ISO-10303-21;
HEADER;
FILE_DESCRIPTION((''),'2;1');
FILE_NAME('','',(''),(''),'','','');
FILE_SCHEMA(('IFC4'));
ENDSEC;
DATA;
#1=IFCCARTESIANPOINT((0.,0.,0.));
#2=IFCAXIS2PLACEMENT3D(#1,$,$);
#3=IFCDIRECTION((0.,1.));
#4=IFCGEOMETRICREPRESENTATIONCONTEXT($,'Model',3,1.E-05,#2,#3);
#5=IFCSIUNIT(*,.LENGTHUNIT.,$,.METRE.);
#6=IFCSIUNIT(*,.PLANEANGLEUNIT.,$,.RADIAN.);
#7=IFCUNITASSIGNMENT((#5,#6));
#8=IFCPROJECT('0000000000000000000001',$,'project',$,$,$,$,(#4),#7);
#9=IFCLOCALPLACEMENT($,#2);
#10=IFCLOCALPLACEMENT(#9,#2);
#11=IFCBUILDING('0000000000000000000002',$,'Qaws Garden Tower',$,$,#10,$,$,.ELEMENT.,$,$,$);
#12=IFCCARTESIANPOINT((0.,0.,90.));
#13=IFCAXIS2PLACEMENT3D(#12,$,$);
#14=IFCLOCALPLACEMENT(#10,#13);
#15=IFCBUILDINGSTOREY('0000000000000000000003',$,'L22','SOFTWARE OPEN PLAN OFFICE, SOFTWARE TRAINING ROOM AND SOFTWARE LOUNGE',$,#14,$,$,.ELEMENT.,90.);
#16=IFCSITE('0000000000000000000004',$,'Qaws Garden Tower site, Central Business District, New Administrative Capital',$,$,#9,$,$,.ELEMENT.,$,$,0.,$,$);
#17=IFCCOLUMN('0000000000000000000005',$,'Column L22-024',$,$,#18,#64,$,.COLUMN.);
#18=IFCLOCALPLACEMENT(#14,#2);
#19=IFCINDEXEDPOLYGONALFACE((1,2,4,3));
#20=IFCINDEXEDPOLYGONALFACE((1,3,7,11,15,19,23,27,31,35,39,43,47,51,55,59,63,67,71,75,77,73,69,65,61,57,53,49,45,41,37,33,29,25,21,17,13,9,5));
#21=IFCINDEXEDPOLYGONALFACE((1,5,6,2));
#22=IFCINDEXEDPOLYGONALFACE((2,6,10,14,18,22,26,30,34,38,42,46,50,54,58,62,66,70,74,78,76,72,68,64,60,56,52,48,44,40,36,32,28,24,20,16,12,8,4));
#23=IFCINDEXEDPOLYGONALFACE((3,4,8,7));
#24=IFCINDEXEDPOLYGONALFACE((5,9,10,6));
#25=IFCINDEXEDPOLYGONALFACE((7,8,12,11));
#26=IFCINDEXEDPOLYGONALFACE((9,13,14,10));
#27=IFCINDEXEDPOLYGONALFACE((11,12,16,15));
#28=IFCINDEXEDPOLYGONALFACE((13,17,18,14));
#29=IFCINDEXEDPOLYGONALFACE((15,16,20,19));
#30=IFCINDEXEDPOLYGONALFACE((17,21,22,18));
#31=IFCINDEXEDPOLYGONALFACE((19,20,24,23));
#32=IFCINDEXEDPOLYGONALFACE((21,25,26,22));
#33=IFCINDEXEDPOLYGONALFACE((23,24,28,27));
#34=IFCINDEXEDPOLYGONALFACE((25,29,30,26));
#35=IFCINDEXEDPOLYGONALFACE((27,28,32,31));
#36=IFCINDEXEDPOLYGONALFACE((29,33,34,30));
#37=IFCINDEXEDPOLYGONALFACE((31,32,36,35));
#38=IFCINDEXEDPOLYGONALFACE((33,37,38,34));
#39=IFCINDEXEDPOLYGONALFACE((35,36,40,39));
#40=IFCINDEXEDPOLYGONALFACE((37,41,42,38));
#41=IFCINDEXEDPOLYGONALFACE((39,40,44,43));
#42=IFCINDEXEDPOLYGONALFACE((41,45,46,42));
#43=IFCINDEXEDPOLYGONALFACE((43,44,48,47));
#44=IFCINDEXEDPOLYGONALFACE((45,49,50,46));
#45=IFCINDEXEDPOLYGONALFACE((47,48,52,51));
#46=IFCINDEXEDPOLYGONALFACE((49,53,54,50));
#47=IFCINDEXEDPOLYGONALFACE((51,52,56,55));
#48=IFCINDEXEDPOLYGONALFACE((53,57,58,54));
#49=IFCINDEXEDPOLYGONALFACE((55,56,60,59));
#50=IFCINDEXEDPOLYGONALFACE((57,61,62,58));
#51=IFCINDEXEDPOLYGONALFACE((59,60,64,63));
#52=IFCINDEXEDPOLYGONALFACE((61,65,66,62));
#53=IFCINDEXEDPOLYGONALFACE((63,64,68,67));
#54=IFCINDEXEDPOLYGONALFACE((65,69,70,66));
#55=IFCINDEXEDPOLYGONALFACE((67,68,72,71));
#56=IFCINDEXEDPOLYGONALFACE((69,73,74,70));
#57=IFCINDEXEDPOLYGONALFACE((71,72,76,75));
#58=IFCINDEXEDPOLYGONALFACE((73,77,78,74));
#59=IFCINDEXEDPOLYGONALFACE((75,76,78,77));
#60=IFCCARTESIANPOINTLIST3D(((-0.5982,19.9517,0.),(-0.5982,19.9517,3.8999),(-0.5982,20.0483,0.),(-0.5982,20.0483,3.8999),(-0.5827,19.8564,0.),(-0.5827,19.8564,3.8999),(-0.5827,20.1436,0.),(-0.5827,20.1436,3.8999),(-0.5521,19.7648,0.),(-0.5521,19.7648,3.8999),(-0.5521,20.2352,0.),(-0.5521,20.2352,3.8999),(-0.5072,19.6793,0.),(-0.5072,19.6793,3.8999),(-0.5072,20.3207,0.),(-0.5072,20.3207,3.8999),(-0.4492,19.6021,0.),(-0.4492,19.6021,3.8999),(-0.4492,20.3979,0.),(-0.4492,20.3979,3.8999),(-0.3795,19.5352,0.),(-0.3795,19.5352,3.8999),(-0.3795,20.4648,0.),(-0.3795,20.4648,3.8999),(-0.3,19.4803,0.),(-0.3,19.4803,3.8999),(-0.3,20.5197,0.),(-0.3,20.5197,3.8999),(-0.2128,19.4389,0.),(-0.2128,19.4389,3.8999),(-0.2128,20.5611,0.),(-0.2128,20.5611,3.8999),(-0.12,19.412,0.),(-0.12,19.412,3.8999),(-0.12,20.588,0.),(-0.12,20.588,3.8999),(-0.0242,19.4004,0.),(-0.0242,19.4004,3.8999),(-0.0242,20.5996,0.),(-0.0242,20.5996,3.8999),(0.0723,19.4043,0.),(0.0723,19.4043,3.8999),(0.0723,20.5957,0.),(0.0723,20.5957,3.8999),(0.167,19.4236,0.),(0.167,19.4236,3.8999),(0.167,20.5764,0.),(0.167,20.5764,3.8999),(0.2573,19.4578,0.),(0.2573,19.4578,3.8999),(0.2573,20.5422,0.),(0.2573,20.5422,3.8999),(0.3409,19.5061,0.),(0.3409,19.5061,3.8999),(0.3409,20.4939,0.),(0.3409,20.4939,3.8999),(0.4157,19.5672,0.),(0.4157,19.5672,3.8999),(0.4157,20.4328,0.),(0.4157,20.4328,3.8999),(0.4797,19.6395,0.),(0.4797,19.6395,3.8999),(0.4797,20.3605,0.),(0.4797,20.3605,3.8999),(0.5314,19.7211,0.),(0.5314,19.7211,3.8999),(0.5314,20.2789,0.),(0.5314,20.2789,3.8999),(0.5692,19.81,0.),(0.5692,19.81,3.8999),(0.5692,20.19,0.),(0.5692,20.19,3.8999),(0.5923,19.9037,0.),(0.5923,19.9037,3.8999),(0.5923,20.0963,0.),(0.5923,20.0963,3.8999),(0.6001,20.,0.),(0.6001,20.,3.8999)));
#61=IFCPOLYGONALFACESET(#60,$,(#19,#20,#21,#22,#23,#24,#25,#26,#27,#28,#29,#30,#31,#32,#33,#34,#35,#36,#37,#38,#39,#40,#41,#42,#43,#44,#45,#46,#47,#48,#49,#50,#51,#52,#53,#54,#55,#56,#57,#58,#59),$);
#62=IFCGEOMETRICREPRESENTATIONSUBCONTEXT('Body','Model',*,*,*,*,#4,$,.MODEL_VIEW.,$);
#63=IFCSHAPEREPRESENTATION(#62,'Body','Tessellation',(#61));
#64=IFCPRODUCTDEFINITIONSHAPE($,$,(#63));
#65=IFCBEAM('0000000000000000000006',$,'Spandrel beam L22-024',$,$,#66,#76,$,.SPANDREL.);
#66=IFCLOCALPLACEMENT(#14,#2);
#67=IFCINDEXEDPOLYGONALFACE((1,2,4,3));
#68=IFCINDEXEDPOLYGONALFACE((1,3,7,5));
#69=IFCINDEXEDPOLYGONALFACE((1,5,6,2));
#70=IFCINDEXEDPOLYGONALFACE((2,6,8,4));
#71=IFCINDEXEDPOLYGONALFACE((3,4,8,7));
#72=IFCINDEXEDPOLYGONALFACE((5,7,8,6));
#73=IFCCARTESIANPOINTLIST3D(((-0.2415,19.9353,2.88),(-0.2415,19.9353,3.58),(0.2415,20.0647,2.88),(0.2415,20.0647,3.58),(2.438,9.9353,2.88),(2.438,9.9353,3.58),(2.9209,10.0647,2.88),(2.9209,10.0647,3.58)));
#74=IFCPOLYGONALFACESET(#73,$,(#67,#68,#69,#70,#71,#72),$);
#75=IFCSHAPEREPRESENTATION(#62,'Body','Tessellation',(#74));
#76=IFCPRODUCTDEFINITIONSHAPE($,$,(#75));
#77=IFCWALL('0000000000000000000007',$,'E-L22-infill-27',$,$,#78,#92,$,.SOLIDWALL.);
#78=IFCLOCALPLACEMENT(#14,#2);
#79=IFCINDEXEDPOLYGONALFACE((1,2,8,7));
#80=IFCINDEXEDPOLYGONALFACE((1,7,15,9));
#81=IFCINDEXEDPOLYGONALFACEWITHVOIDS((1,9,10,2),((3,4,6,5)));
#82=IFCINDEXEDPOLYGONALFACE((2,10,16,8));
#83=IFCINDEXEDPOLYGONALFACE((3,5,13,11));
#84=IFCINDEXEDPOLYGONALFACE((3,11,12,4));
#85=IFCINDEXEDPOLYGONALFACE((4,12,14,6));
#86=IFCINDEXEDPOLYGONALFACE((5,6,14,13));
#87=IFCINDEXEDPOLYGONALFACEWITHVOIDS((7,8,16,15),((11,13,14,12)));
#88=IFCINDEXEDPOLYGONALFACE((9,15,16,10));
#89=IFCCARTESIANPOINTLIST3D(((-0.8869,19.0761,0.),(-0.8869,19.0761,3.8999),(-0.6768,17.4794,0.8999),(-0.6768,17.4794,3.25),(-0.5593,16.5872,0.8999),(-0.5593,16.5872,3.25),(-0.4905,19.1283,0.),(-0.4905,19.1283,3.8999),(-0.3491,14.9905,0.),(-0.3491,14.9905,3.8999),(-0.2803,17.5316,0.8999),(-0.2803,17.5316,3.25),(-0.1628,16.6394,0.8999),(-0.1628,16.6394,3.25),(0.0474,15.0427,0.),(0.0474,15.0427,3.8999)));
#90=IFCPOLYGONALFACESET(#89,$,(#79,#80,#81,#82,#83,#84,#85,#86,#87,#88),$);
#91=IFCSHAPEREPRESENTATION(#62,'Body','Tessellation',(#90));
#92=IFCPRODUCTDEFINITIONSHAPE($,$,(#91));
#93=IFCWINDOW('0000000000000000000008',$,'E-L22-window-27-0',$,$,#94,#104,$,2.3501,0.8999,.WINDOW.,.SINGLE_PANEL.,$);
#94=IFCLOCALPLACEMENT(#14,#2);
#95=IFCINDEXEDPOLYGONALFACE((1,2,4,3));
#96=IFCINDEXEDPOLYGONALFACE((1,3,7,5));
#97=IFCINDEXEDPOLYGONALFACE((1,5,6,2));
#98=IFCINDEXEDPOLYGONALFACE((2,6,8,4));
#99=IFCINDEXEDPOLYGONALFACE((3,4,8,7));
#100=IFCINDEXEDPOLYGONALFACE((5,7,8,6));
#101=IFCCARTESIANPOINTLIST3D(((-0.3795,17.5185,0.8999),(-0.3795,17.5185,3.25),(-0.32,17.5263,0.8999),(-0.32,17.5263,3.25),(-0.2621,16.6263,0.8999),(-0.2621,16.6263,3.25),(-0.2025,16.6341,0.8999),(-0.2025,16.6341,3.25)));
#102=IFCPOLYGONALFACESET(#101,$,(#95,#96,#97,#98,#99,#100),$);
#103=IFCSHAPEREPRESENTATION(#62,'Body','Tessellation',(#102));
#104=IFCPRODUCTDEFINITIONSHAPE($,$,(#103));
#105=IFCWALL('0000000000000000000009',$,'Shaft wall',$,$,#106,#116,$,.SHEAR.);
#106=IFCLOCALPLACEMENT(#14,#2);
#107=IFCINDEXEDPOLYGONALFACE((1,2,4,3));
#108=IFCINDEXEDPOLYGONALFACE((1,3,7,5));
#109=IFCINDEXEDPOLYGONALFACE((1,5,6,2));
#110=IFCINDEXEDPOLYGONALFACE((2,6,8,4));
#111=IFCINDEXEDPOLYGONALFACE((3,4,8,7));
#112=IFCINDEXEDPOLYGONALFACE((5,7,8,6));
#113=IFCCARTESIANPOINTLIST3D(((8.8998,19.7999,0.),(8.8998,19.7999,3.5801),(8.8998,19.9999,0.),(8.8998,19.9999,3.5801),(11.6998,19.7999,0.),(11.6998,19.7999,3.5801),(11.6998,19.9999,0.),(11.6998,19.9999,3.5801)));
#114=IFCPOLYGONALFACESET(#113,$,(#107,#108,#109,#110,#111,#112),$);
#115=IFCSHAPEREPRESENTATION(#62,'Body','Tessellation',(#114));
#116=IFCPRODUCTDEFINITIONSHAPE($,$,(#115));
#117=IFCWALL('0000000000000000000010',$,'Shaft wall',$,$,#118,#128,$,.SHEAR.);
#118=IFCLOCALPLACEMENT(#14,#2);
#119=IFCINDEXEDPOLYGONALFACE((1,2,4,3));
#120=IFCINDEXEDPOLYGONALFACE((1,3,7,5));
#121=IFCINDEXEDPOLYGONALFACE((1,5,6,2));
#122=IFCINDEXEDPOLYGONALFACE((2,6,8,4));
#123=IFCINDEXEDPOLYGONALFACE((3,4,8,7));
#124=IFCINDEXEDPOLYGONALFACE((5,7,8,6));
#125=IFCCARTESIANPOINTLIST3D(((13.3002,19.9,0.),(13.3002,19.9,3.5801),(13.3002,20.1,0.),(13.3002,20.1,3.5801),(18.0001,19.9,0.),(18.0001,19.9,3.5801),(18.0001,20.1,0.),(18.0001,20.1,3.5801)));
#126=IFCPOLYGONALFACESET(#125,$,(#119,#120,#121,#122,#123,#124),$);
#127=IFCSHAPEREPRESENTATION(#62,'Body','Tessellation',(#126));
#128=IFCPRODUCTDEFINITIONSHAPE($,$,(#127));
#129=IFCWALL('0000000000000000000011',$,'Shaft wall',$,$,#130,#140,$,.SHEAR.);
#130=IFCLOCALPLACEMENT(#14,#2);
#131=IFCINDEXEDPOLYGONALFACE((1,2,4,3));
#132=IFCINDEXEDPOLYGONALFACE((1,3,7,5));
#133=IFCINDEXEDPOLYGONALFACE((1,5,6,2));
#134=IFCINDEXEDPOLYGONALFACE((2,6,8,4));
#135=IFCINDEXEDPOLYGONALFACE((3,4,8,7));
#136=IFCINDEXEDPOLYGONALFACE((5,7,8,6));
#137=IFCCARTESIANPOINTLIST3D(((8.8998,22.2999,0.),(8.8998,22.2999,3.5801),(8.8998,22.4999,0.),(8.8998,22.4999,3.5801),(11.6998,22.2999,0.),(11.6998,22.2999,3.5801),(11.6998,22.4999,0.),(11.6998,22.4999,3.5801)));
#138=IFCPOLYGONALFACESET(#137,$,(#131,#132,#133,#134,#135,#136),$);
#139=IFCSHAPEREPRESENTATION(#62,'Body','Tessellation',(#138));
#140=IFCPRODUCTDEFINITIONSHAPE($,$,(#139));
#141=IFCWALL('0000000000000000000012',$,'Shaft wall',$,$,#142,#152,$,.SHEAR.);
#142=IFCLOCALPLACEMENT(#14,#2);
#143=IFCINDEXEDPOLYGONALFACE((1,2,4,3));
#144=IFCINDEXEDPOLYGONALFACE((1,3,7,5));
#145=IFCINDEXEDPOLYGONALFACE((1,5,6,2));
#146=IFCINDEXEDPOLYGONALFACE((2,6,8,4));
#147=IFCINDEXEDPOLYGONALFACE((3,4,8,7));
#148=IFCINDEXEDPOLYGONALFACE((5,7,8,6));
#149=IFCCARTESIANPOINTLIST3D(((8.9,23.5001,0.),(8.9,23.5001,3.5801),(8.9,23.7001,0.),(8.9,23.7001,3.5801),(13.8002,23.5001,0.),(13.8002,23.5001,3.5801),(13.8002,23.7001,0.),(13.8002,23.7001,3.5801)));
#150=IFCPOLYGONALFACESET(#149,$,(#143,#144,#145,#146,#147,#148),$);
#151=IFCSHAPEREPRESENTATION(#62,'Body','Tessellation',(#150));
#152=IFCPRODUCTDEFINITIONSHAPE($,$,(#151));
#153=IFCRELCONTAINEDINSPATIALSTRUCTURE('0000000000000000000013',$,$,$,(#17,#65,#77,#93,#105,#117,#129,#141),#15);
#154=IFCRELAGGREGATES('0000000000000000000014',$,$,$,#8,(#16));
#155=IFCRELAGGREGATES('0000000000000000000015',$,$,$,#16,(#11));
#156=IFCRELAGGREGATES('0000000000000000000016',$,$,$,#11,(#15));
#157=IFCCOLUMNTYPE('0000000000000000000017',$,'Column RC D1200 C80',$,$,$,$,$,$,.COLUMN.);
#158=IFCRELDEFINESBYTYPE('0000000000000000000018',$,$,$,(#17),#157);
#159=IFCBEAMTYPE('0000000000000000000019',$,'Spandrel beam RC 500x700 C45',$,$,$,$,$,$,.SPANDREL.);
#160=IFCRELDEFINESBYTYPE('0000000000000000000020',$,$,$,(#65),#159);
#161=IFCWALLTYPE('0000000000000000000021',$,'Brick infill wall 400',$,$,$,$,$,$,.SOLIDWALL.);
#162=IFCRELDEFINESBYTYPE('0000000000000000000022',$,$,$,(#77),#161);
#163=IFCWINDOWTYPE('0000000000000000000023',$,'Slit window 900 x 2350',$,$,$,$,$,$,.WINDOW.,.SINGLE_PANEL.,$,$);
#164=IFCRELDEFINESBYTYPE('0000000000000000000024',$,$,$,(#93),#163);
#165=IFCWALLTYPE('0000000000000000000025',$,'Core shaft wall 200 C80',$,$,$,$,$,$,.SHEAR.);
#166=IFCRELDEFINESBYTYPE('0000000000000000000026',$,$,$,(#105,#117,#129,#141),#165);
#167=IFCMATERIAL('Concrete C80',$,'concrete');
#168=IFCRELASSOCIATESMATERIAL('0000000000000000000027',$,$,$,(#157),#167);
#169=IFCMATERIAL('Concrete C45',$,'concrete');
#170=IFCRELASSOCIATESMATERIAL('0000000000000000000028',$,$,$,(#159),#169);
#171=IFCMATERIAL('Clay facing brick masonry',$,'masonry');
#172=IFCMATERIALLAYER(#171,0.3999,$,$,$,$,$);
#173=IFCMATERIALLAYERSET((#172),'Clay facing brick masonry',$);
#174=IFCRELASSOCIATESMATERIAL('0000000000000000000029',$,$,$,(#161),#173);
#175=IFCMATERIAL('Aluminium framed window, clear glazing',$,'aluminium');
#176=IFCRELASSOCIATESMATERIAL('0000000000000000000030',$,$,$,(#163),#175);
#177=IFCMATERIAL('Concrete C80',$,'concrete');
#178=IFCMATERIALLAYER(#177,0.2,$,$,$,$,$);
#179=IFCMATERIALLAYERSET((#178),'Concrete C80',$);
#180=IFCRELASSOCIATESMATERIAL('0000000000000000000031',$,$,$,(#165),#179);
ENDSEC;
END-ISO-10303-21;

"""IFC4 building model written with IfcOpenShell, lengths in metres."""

from ifc_helpers import new_model, si_unit, direction, frame, frame_2d, origin, origin_2d, place, context, subcontext, project, spatial, rectangle, circle, extrude, material, layer, layer_set, material_profile, profile_set, type_object, element, fill, save


model = new_model("IFC4")

# Units and contexts
model_context = context("Model", 3, precision=1e-05, world=origin(), true_north=direction((0.0, 1.0)))
body_context = subcontext(model_context, "Body", "Model", "MODEL_VIEW")
ifc_project = project(units=[si_unit("LENGTHUNIT", "METRE"), si_unit("PLANEANGLEUNIT", "RADIAN")], contexts=[model_context])

# Site, building, storey
site_placement = place(None, origin())
site = spatial("IfcSite", under=ifc_project, at=site_placement, Name="Qaws Garden Tower site, Central Business District, New Administrative Capital", CompositionType="ELEMENT", RefElevation=0.0)
building_placement = place(site_placement, origin())
building = spatial("IfcBuilding", under=site, at=building_placement, Name="Qaws Garden Tower", CompositionType="ELEMENT")
storey_placement = place(building_placement, frame((0.0, 0.0, 90.0)))
storey = spatial("IfcBuildingStorey", under=building, at=storey_placement, Name="L22", Description="SOFTWARE OPEN PLAN OFFICE, SOFTWARE TRAINING ROOM AND SOFTWARE LOUNGE", CompositionType="ELEMENT", Elevation=90.0)

# Column
ifc_material_1 = material(Name="Concrete C80", Category="concrete")
ifc_material_profile_1 = material_profile(ifc_material_1, circle(Radius=0.6001, at=origin_2d()), Name="RC D1200")
ifc_profile_set_1 = profile_set([ifc_material_profile_1], Name="Concrete C80")
column_type = type_object("IfcColumnType", Name="Column RC D1200 C80", PredefinedType="COLUMN", material=ifc_profile_set_1)
column_placement = place(storey_placement, frame((0.0, 20.0, 0.0), z_axis=(0.0, 0.0, 1.0), x_axis=(1.0, 0.0, 0.0)))
element("IfcColumn", 1, at=column_placement, inside=storey, type_object=column_type, Name="Column L22-024", PredefinedType="COLUMN", context=body_context, shape_type="SweptSolid", body=[
    extrude(circle(Radius=0.6001, at=origin_2d()), origin(), (0.0, 0.0, 1.0), 3.8999),
])

# Beam
ifc_material_2 = material(Name="Concrete C45", Category="concrete")
ifc_material_profile_2 = material_profile(ifc_material_2, rectangle(XDim=0.5, YDim=0.7, at=origin_2d()), Name="RC 500x700")
ifc_profile_set_2 = profile_set([ifc_material_profile_2], Name="Concrete C45")
beam_type = type_object("IfcBeamType", Name="Spandrel beam RC 500x700 C45", PredefinedType="SPANDREL", material=ifc_profile_set_2)
beam_placement = place(storey_placement, frame((0.0, 20.0, 3.23), z_axis=(0.258815, -0.965927, 0.0), x_axis=(0.965927, 0.258815, 0.0)))
element("IfcBeam", 2, at=beam_placement, inside=storey, type_object=beam_type, Name="Spandrel beam L22-024", PredefinedType="SPANDREL", context=body_context, shape_type="SweptSolid", body=[
    extrude(rectangle(XDim=0.5, YDim=0.7, at=origin_2d()), origin(), (0.0, 0.0, 1.0), 10.3528),
])

# Wall, opening, window
ifc_material_3 = material(Name="Clay facing brick masonry", Category="masonry")
ifc_layer_1 = layer(ifc_material_3, 0.3999)
ifc_layer_set_1 = layer_set([ifc_layer_1], Name="Clay facing brick masonry")
wall_type_1 = type_object("IfcWallType", Name="Brick infill wall 400", PredefinedType="SOLIDWALL", material=ifc_layer_set_1)
wall_1_placement = place(storey_placement, frame((-0.6887, 19.1023, 0.0), z_axis=(0.0, 0.0, 1.0), x_axis=(0.130514, -0.991446, 0.0)))
wall_1 = element("IfcWall", 3, at=wall_1_placement, inside=storey, type_object=wall_type_1, Name="E-L22-infill-27", PredefinedType="SOLIDWALL", context=body_context, shape_type="SweptSolid", body=[
    extrude(rectangle(XDim=4.1208, YDim=0.3999, at=frame_2d((2.0605, 0.0))), origin(), (0.0, 0.0, 1.0), 3.8999),
])
opening_1_placement = place(wall_1_placement, frame((1.6106, 0.0, 0.8999)))
opening_1 = element("IfcOpeningElement", 4, at=opening_1_placement, cuts=wall_1, PredefinedType="OPENING", context=body_context, shape_type="SweptSolid", body=[
    extrude(rectangle(XDim=0.8999, YDim=2.3501, at=frame_2d((0.45, 1.175))), frame((0.0, 0.21, 0.0), z_axis=(0.0, -1.0, 0.0), x_axis=(1.0, 0.0, 0.0)), (0.0, 0.0, 1.0), 0.4199),
])
ifc_material_4 = material(Name="Aluminium framed window, clear glazing", Category="aluminium")
window_type = type_object("IfcWindowType", Name="Slit window 900 x 2350", PartitioningType="SINGLE_PANEL", PredefinedType="WINDOW", material=ifc_material_4)
window_placement = place(opening_1_placement, origin())
window = element("IfcWindow", 5, at=window_placement, inside=storey, type_object=window_type, Name="E-L22-window-27-0", OverallHeight=2.3501, OverallWidth=0.8999, PartitioningType="SINGLE_PANEL", PredefinedType="WINDOW", context=body_context, shape_type="SweptSolid", body=[
    extrude(rectangle(XDim=0.8999, YDim=2.3501, at=frame_2d((0.45, 1.175))), frame((0.0, 0.1599, 0.0), z_axis=(0.0, -1.0, 0.0), x_axis=(1.0, 0.0, 0.0)), (0.0, 0.0, 1.0), 0.0601),
])
fill(opening_1, window)

# Walls
ifc_material_5 = material(Name="Concrete C80", Category="concrete")
ifc_layer_2 = layer(ifc_material_5, 0.2)
ifc_layer_set_2 = layer_set([ifc_layer_2], Name="Concrete C80")
wall_type_2 = type_object("IfcWallType", Name="Core shaft wall 200 C80", PredefinedType="SHEAR", material=ifc_layer_set_2)
wall_2_placement = place(storey_placement, frame((8.8999, 19.8999, 0.0), z_axis=(0.0, 0.0, 1.0), x_axis=(1.0, 0.0, 0.0)))
element("IfcWall", 6, at=wall_2_placement, inside=storey, type_object=wall_type_2, Name="Shaft wall", PredefinedType="SHEAR", context=body_context, shape_type="SweptSolid", body=[
    extrude(rectangle(XDim=2.8, YDim=0.2, at=frame_2d((1.3999, 0.0))), origin(), (0.0, 0.0, 1.0), 3.5801),
])
wall_3_placement = place(storey_placement, frame((13.3, 20.0, 0.0), z_axis=(0.0, 0.0, 1.0), x_axis=(1.0, 0.0, 0.0)))
element("IfcWall", 7, at=wall_3_placement, inside=storey, type_object=wall_type_2, Name="Shaft wall", PredefinedType="SHEAR", context=body_context, shape_type="SweptSolid", body=[
    extrude(rectangle(XDim=4.7, YDim=0.2, at=frame_2d((2.3501, 0.0))), origin(), (0.0, 0.0, 1.0), 3.5801),
])
wall_4_placement = place(storey_placement, frame((8.8999, 22.3999, 0.0), z_axis=(0.0, 0.0, 1.0), x_axis=(1.0, 0.0, 0.0)))
element("IfcWall", 8, at=wall_4_placement, inside=storey, type_object=wall_type_2, Name="Shaft wall", PredefinedType="SHEAR", context=body_context, shape_type="SweptSolid", body=[
    extrude(rectangle(XDim=2.8, YDim=0.2, at=frame_2d((1.3999, 0.0))), origin(), (0.0, 0.0, 1.0), 3.5801),
])
wall_5_placement = place(storey_placement, frame((8.8999, 23.6001, 0.0), z_axis=(0.0, 0.0, 1.0), x_axis=(1.0, 0.0, 0.0)))
element("IfcWall", 9, at=wall_5_placement, inside=storey, type_object=wall_type_2, Name="Shaft wall", PredefinedType="SHEAR", context=body_context, shape_type="SweptSolid", body=[
    extrude(rectangle(XDim=4.9001, YDim=0.2, at=frame_2d((2.4502, 0.0))), origin(), (0.0, 0.0, 1.0), 3.5801),
])

save(model, "model.ifc")
